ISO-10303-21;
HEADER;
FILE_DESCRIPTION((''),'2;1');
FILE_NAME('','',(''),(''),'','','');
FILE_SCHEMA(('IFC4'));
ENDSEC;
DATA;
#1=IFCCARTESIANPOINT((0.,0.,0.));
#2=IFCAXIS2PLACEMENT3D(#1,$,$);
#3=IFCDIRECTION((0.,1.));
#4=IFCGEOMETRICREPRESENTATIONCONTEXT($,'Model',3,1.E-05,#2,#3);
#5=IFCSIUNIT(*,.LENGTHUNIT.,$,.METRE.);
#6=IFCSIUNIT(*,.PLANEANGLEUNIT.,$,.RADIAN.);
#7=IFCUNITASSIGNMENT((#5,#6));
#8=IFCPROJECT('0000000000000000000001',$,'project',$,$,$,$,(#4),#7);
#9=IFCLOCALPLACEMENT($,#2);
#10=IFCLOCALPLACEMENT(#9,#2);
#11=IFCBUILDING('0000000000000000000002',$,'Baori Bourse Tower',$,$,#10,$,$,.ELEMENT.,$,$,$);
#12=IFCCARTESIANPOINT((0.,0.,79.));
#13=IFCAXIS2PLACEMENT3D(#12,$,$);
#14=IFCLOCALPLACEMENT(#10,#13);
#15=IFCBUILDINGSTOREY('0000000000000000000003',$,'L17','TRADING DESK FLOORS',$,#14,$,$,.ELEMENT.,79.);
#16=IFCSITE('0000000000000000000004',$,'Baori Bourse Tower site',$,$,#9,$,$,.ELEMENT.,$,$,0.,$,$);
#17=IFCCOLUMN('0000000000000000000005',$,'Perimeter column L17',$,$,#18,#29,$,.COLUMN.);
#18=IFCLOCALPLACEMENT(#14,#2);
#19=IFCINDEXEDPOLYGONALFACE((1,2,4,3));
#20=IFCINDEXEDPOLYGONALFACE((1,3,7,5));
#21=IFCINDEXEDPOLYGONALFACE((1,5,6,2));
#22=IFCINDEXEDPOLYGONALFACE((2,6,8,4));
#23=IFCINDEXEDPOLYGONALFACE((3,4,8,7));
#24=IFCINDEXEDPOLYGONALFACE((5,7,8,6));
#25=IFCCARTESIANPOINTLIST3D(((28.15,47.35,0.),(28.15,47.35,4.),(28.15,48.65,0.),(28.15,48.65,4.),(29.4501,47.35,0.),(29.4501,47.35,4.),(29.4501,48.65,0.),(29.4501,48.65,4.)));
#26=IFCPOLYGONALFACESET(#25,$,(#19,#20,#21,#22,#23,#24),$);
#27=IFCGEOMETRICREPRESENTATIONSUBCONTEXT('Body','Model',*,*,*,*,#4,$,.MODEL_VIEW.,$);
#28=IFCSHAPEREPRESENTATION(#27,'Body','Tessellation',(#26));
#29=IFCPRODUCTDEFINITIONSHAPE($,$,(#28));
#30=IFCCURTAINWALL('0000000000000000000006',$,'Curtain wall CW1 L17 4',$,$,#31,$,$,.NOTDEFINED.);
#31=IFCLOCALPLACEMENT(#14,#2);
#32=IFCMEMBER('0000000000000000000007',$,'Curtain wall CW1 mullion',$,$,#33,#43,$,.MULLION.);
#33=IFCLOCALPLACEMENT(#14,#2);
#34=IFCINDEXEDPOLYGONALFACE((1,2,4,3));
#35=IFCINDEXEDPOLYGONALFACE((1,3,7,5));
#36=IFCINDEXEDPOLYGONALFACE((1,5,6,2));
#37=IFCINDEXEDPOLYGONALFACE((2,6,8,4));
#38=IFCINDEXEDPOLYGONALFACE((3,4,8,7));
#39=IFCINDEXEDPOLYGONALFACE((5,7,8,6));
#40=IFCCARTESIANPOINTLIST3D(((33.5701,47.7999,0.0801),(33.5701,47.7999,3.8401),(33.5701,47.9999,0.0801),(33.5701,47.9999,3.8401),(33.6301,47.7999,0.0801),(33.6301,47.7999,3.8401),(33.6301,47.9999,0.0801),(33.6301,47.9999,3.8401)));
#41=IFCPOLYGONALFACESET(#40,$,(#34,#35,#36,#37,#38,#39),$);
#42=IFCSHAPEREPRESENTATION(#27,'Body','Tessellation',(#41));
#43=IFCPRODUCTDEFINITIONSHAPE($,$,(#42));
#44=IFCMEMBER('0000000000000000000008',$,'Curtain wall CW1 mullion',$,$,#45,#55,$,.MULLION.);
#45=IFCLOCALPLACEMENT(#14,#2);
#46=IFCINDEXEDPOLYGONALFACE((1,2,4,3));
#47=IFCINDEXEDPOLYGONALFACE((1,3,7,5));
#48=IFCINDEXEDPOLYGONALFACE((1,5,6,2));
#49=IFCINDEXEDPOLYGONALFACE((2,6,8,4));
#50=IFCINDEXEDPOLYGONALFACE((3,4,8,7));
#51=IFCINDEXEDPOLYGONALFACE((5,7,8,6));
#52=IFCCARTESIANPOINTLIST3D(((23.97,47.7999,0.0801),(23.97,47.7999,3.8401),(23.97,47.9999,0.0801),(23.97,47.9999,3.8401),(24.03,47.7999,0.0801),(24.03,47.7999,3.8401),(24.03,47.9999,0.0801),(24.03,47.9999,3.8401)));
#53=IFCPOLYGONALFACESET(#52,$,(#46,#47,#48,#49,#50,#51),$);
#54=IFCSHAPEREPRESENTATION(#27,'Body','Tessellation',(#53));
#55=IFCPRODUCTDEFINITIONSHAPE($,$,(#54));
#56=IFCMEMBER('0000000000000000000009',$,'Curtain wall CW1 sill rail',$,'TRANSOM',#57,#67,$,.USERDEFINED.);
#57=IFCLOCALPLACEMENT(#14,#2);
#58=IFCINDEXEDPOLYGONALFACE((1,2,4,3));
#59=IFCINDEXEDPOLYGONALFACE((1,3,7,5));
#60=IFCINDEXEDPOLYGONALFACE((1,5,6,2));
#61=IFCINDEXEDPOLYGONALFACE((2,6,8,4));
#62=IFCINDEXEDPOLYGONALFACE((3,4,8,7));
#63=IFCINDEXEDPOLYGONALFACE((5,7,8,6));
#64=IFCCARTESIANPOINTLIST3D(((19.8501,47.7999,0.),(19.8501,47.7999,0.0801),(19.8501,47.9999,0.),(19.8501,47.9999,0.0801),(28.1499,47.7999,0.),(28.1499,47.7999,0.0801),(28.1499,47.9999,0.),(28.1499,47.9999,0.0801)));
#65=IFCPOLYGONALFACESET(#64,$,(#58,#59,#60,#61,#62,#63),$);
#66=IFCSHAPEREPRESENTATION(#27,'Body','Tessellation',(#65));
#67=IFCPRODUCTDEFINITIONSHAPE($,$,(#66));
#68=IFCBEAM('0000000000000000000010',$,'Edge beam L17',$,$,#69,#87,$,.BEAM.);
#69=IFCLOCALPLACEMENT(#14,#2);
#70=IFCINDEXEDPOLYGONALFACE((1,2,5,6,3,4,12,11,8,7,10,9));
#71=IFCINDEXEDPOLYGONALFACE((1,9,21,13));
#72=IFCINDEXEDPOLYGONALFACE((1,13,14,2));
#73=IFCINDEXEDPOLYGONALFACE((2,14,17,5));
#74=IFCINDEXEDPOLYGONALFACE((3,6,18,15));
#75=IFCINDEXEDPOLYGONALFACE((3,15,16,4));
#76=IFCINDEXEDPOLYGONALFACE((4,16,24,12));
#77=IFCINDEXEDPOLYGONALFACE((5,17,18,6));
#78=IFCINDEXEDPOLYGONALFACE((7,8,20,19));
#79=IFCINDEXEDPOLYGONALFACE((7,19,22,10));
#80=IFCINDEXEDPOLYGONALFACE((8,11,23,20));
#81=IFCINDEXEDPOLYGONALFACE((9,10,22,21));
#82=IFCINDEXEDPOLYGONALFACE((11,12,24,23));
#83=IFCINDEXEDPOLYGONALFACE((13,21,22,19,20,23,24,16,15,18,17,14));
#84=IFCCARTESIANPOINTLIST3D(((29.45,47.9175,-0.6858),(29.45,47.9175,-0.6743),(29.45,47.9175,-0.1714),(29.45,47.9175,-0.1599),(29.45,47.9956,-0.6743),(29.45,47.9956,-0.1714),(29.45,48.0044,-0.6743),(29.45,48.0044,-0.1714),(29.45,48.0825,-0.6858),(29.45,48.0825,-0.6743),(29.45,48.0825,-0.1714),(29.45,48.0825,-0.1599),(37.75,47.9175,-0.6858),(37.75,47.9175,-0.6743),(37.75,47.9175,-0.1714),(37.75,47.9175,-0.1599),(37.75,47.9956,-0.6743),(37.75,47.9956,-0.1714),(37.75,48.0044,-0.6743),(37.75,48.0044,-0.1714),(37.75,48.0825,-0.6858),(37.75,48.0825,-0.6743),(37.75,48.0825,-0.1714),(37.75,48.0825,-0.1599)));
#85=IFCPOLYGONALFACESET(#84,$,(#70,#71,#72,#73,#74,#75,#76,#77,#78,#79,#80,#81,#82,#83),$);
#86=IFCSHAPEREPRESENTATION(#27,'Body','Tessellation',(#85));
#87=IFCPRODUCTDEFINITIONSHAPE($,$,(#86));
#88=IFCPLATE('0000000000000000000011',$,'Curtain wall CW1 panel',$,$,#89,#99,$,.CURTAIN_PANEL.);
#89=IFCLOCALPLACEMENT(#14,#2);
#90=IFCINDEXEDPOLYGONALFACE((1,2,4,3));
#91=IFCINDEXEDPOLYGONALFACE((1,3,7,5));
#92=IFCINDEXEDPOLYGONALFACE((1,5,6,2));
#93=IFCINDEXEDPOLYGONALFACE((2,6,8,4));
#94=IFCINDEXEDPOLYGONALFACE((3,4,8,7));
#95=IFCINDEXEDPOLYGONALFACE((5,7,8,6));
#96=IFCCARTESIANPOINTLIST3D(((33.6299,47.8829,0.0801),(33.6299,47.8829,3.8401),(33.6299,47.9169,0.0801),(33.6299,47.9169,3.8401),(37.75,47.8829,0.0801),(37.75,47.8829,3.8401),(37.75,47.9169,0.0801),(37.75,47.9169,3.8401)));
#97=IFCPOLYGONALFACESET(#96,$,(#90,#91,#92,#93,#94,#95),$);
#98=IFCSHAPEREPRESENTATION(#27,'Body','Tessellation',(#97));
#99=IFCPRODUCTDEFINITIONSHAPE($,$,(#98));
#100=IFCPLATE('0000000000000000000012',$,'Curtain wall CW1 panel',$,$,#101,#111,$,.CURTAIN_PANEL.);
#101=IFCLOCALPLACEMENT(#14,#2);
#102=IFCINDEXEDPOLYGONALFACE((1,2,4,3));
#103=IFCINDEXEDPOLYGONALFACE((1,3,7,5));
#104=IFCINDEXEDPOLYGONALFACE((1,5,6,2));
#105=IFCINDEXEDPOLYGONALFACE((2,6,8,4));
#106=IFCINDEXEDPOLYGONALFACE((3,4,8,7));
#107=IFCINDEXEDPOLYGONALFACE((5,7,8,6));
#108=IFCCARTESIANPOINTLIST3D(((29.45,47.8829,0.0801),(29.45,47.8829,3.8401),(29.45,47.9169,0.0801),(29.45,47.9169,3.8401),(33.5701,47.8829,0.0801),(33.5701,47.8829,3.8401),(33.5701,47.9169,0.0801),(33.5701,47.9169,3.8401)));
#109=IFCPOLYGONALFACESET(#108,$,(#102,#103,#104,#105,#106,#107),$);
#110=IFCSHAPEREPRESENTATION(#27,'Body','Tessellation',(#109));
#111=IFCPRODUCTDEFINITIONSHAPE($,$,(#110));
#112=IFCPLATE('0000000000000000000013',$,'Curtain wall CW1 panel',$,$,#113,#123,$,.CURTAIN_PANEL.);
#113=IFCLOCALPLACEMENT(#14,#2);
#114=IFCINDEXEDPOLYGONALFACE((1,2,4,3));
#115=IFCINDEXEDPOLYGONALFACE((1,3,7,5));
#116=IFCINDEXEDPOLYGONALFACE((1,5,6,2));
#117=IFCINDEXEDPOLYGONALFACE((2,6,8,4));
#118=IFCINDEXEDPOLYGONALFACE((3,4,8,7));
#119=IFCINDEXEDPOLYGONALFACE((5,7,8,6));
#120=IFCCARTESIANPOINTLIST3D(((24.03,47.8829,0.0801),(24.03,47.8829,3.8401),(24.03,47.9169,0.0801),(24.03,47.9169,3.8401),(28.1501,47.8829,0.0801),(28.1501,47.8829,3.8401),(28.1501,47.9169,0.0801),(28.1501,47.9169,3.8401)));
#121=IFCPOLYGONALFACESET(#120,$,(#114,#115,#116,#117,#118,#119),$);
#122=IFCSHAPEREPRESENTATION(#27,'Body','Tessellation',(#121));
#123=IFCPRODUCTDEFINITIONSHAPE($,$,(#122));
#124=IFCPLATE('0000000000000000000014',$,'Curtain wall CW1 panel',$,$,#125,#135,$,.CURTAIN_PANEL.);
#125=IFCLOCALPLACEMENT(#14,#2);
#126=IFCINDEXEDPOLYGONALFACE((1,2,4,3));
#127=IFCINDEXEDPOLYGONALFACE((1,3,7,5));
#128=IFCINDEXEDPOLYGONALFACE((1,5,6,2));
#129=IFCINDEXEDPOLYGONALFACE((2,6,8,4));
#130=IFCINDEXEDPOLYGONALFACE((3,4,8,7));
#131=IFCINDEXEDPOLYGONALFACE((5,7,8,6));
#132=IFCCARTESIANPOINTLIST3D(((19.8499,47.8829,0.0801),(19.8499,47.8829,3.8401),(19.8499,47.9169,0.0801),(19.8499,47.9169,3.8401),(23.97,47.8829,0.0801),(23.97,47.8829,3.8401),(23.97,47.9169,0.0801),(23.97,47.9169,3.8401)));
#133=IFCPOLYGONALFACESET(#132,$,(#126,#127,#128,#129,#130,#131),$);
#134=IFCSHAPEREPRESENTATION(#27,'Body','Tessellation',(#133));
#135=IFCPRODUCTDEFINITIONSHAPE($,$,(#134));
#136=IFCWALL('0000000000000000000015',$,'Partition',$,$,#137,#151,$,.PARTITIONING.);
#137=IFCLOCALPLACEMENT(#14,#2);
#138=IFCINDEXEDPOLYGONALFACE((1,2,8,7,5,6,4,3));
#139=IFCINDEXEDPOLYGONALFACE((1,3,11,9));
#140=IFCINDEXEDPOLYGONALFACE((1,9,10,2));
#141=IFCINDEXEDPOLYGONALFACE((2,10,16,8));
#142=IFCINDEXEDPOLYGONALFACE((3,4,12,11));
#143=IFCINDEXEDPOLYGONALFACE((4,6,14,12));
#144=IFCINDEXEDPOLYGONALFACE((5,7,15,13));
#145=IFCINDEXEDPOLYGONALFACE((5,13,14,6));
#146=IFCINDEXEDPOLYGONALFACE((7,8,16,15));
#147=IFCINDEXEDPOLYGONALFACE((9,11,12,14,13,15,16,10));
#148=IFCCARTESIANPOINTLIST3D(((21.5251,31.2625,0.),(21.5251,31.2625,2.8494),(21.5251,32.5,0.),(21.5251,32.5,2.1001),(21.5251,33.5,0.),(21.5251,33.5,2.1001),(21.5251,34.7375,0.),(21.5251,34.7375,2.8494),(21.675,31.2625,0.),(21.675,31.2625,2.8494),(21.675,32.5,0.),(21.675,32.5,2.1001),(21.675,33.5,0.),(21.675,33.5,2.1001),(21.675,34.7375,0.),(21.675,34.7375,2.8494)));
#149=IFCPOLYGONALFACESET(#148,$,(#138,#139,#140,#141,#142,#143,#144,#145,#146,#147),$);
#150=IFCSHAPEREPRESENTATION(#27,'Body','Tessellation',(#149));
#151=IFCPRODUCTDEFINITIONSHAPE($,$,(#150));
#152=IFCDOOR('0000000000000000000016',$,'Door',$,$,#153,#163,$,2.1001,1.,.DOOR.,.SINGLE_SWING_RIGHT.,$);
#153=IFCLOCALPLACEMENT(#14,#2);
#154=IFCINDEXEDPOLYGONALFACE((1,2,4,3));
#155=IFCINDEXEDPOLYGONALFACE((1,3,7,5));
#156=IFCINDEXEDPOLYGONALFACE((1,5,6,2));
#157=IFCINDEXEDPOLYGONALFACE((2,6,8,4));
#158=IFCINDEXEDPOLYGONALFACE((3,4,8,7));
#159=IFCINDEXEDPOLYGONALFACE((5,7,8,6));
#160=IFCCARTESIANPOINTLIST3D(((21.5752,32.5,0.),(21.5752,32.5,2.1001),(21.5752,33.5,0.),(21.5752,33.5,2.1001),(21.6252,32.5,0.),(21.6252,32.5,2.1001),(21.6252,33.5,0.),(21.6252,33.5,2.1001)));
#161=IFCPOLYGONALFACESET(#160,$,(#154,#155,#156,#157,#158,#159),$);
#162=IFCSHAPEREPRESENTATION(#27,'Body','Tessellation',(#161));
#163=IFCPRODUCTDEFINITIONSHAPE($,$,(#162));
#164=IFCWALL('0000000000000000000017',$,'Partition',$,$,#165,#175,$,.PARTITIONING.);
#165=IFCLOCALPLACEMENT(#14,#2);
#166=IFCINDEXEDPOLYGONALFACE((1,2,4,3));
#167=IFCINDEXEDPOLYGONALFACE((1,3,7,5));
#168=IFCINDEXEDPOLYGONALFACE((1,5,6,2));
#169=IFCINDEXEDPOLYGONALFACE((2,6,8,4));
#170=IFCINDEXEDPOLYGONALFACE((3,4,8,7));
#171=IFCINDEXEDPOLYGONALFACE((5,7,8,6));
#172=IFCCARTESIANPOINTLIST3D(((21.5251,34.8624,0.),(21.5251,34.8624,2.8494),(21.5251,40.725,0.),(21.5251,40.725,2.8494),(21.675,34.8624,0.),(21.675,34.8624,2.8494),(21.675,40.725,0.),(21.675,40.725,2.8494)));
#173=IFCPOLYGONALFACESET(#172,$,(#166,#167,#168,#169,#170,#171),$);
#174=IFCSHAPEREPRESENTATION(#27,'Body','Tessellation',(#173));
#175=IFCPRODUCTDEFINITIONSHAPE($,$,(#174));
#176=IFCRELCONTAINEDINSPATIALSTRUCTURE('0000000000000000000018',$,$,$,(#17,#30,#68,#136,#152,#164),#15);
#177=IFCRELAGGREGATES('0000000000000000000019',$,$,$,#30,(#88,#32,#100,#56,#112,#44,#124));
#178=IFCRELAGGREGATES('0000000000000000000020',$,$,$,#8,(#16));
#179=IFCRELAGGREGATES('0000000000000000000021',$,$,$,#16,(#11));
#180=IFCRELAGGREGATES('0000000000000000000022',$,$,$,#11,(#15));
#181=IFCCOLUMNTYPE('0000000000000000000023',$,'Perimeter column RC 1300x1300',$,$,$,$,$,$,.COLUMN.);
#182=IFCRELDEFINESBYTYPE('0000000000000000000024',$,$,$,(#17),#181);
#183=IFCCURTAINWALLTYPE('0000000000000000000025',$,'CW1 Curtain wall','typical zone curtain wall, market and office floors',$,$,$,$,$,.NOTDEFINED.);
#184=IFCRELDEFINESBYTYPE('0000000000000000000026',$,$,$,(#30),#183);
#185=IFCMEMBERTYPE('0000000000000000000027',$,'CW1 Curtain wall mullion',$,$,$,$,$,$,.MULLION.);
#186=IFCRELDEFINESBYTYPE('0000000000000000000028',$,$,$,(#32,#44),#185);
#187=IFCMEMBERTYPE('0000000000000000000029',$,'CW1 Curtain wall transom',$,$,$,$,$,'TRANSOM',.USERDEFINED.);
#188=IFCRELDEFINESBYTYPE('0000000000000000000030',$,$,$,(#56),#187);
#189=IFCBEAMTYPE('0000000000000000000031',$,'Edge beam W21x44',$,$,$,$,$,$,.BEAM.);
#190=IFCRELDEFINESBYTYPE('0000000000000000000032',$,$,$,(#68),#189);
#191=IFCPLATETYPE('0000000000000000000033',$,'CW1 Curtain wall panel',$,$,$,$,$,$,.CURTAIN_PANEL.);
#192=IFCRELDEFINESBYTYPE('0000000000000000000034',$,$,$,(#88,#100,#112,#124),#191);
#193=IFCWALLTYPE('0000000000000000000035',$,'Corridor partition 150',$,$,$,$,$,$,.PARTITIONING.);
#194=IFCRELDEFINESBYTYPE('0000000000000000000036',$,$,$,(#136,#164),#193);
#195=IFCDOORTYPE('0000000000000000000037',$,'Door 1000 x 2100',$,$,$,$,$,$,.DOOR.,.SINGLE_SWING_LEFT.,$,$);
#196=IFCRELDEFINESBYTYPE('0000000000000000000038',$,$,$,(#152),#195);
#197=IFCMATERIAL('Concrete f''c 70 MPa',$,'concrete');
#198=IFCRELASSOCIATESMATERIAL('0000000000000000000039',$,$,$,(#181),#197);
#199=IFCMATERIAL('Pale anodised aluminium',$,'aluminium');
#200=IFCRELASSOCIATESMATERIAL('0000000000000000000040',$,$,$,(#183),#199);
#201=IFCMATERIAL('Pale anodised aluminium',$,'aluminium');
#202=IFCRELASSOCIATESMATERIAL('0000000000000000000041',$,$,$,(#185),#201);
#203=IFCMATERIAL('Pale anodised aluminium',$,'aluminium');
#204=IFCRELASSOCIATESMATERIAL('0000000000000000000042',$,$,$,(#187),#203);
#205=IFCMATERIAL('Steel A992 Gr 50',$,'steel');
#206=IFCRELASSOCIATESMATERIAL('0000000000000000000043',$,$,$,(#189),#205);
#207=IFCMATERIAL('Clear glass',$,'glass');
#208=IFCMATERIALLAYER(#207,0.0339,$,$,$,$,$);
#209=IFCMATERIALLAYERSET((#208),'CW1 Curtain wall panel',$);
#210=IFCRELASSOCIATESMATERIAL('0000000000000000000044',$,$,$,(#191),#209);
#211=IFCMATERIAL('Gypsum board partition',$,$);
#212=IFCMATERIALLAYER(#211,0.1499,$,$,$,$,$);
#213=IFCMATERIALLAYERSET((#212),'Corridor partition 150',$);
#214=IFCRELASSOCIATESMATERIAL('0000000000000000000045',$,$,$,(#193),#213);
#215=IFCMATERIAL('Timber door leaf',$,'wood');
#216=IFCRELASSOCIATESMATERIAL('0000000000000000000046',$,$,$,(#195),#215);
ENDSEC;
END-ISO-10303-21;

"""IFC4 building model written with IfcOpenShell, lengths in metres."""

from ifc_helpers import new_model, si_unit, direction, frame, frame_2d, origin, origin_2d, place, context, subcontext, project, spatial, rectangle, i_section, extrude, material, layer, layer_set, material_profile, profile_set, type_object, element, fill, aggregate, save


model = new_model("IFC4")

# Units and contexts
model_context = context("Model", 3, precision=1e-05, world=origin(), true_north=direction((0.0, 1.0)))
body_context = subcontext(model_context, "Body", "Model", "MODEL_VIEW")
ifc_project = project(units=[si_unit("LENGTHUNIT", "METRE"), si_unit("PLANEANGLEUNIT", "RADIAN")], contexts=[model_context])

# Site, building, storey
site_placement = place(None, origin())
site = spatial("IfcSite", under=ifc_project, at=site_placement, Name="Baori Bourse Tower site", CompositionType="ELEMENT", RefElevation=0.0)
building_placement = place(site_placement, origin())
building = spatial("IfcBuilding", under=site, at=building_placement, Name="Baori Bourse Tower", CompositionType="ELEMENT")
storey_placement = place(building_placement, frame((0.0, 0.0, 79.0)))
storey = spatial("IfcBuildingStorey", under=building, at=storey_placement, Name="L17", Description="TRADING DESK FLOORS", CompositionType="ELEMENT", Elevation=79.0)

# Column
ifc_material_1 = material(Name="Concrete f'c 70 MPa", Category="concrete")
ifc_material_profile_1 = material_profile(ifc_material_1, rectangle(XDim=1.3, YDim=1.3, at=origin_2d()), Name="RC 1300x1300")
ifc_profile_set_1 = profile_set([ifc_material_profile_1], Name="Concrete f'c 70 MPa")
column_type = type_object("IfcColumnType", Name="Perimeter column RC 1300x1300", PredefinedType="COLUMN", material=ifc_profile_set_1)
column_placement = place(storey_placement, frame((28.8, 48.0, 0.0), z_axis=(0.0, 0.0, 1.0), x_axis=(1.0, 0.0, 0.0)))
element("IfcColumn", 1, at=column_placement, inside=storey, type_object=column_type, Name="Perimeter column L17", PredefinedType="COLUMN", context=body_context, shape_type="SweptSolid", body=[
    extrude(rectangle(XDim=1.3, YDim=1.3, at=origin_2d()), origin(), (0.0, 0.0, 1.0), 4.0),
])

# Curtain wall, members
ifc_material_2 = material(Name="Pale anodised aluminium", Category="aluminium")
curtain_wall_type = type_object("IfcCurtainWallType", Name="CW1 Curtain wall", Description="typical zone curtain wall, market and office floors", PredefinedType="NOTDEFINED", material=ifc_material_2)
curtain_wall_placement = place(storey_placement, origin())
curtain_wall = element("IfcCurtainWall", 2, at=curtain_wall_placement, inside=storey, type_object=curtain_wall_type, Name="Curtain wall CW1 L17 4", PredefinedType="NOTDEFINED")
ifc_material_3 = material(Name="Pale anodised aluminium", Category="aluminium")
ifc_material_profile_2 = material_profile(ifc_material_3, rectangle(XDim=0.2, YDim=0.0601, at=origin_2d()), Name="Mullion 60x200")
ifc_profile_set_2 = profile_set([ifc_material_profile_2], Name="Pale anodised aluminium")
member_type_1 = type_object("IfcMemberType", Name="CW1 Curtain wall mullion", PredefinedType="MULLION", material=ifc_profile_set_2)
member_1_placement = place(storey_placement, frame((33.6001, 47.8999, 0.0801), z_axis=(0.0, 0.0, 1.0), x_axis=(0.0, -1.0, 0.0)))
member_1 = element("IfcMember", 3, at=member_1_placement, type_object=member_type_1, Name="Curtain wall CW1 mullion", PredefinedType="MULLION", context=body_context, shape_type="SweptSolid", body=[
    extrude(rectangle(XDim=0.2, YDim=0.0601, at=origin_2d()), origin(), (0.0, 0.0, 1.0), 3.76),
])
member_2_placement = place(storey_placement, frame((24.0, 47.8999, 0.0801), z_axis=(0.0, 0.0, 1.0), x_axis=(0.0, -1.0, 0.0)))
member_2 = element("IfcMember", 4, at=member_2_placement, type_object=member_type_1, Name="Curtain wall CW1 mullion", PredefinedType="MULLION", context=body_context, shape_type="SweptSolid", body=[
    extrude(rectangle(XDim=0.2, YDim=0.0601, at=origin_2d()), origin(), (0.0, 0.0, 1.0), 3.76),
])
ifc_material_4 = material(Name="Pale anodised aluminium", Category="aluminium")
ifc_material_profile_3 = material_profile(ifc_material_4, rectangle(XDim=0.2, YDim=0.0801, at=origin_2d()), Name="Transom 80x200")
ifc_profile_set_3 = profile_set([ifc_material_profile_3], Name="Pale anodised aluminium")
member_type_2 = type_object("IfcMemberType", Name="CW1 Curtain wall transom", ElementType="TRANSOM", PredefinedType="USERDEFINED", material=ifc_profile_set_3)
member_3_placement = place(storey_placement, frame((28.1499, 47.8999, 0.04), z_axis=(-1.0, 0.0, 0.0), x_axis=(0.0, -1.0, 0.0)))
member_3 = element("IfcMember", 5, at=member_3_placement, type_object=member_type_2, Name="Curtain wall CW1 sill rail", ObjectType="TRANSOM", PredefinedType="USERDEFINED", context=body_context, shape_type="SweptSolid", body=[
    extrude(rectangle(XDim=0.2, YDim=0.0801, at=origin_2d()), origin(), (0.0, 0.0, 1.0), 8.2998),
])

# Beam
ifc_material_5 = material(Name="Steel A992 Gr 50", Category="steel")
ifc_material_profile_4 = material_profile(ifc_material_5, i_section(OverallWidth=0.165, OverallDepth=0.5259, WebThickness=0.0088, FlangeThickness=0.0115, at=origin_2d()), Name="W21x44")
ifc_profile_set_4 = profile_set([ifc_material_profile_4], Name="Steel A992 Gr 50")
beam_type = type_object("IfcBeamType", Name="Edge beam W21x44", PredefinedType="BEAM", material=ifc_profile_set_4)
beam_placement = place(storey_placement, frame((29.45, 48.0, -0.4229), z_axis=(1.0, 0.0, 0.0), x_axis=(0.0, 1.0, 0.0)))
element("IfcBeam", 6, at=beam_placement, inside=storey, type_object=beam_type, Name="Edge beam L17", PredefinedType="BEAM", context=body_context, shape_type="SweptSolid", body=[
    extrude(i_section(OverallWidth=0.165, OverallDepth=0.5259, WebThickness=0.0088, FlangeThickness=0.0115, at=origin_2d()), origin(), (0.0, 0.0, 1.0), 8.3),
])

# Plates
ifc_material_6 = material(Name="Clear glass", Category="glass")
ifc_layer_1 = layer(ifc_material_6, 0.0339)
ifc_layer_set_1 = layer_set([ifc_layer_1], Name="CW1 Curtain wall panel")
plate_type = type_object("IfcPlateType", Name="CW1 Curtain wall panel", PredefinedType="CURTAIN_PANEL", material=ifc_layer_set_1)
plate_1_placement = place(storey_placement, frame((35.6899, 47.8999, 0.0801), z_axis=(0.0, 0.0, 1.0), x_axis=(-1.0, 0.0, 0.0)))
plate_1 = element("IfcPlate", 7, at=plate_1_placement, type_object=plate_type, Name="Curtain wall CW1 panel", PredefinedType="CURTAIN_PANEL", context=body_context, shape_type="SweptSolid", body=[
    extrude(rectangle(XDim=4.1201, YDim=0.0339, at=origin_2d()), origin(), (0.0, 0.0, 1.0), 3.76),
])
plate_2_placement = place(storey_placement, frame((31.51, 47.8999, 0.0801), z_axis=(0.0, 0.0, 1.0), x_axis=(-1.0, 0.0, 0.0)))
plate_2 = element("IfcPlate", 8, at=plate_2_placement, type_object=plate_type, Name="Curtain wall CW1 panel", PredefinedType="CURTAIN_PANEL", context=body_context, shape_type="SweptSolid", body=[
    extrude(rectangle(XDim=4.1201, YDim=0.0339, at=origin_2d()), origin(), (0.0, 0.0, 1.0), 3.76),
])
plate_3_placement = place(storey_placement, frame((26.0901, 47.8999, 0.0801), z_axis=(0.0, 0.0, 1.0), x_axis=(-1.0, 0.0, 0.0)))
plate_3 = element("IfcPlate", 9, at=plate_3_placement, type_object=plate_type, Name="Curtain wall CW1 panel", PredefinedType="CURTAIN_PANEL", context=body_context, shape_type="SweptSolid", body=[
    extrude(rectangle(XDim=4.1201, YDim=0.0339, at=origin_2d()), origin(), (0.0, 0.0, 1.0), 3.76),
])
plate_4_placement = place(storey_placement, frame((21.9099, 47.8999, 0.0801), z_axis=(0.0, 0.0, 1.0), x_axis=(-1.0, 0.0, 0.0)))
plate_4 = element("IfcPlate", 10, at=plate_4_placement, type_object=plate_type, Name="Curtain wall CW1 panel", PredefinedType="CURTAIN_PANEL", context=body_context, shape_type="SweptSolid", body=[
    extrude(rectangle(XDim=4.1201, YDim=0.0339, at=origin_2d()), origin(), (0.0, 0.0, 1.0), 3.76),
])
aggregate(curtain_wall, [plate_1, member_1, plate_2, member_3, plate_3, member_2, plate_4])

# Wall, opening, door
ifc_material_7 = material(Name="Gypsum board partition")
ifc_layer_2 = layer(ifc_material_7, 0.1499)
ifc_layer_set_2 = layer_set([ifc_layer_2], Name="Corridor partition 150")
wall_type_1 = type_object("IfcWallType", Name="Corridor partition 150", PredefinedType="PARTITIONING", material=ifc_layer_set_2)
wall_1_placement = place(storey_placement, frame((21.6001, 31.2625, 0.0), z_axis=(0.0, 0.0, 1.0), x_axis=(0.0, 1.0, 0.0)))
wall_1 = element("IfcWall", 11, at=wall_1_placement, inside=storey, type_object=wall_type_1, Name="Partition", PredefinedType="PARTITIONING", context=body_context, shape_type="SweptSolid", body=[
    extrude(rectangle(XDim=3.4751, YDim=0.1499, at=frame_2d((1.7375, 0.0))), origin(), (0.0, 0.0, 1.0), 2.8494),
])
opening_1_placement = place(wall_1_placement, frame((1.2375, 0.0, 0.0)))
opening_1 = element("IfcOpeningElement", 12, at=opening_1_placement, cuts=wall_1, PredefinedType="OPENING", context=body_context, shape_type="SweptSolid", body=[
    extrude(rectangle(XDim=1.0, YDim=2.1001, at=frame_2d((0.5, 1.05))), frame((0.0, 0.085, 0.0), z_axis=(0.0, -1.0, 0.0), x_axis=(1.0, 0.0, 0.0)), (0.0, 0.0, 1.0), 0.1699),
])
ifc_material_8 = material(Name="Timber door leaf", Category="wood")
door_type = type_object("IfcDoorType", Name="Door 1000 x 2100", OperationType="SINGLE_SWING_LEFT", PredefinedType="DOOR", material=ifc_material_8)
door_1_placement = place(opening_1_placement, origin())
door_1 = element("IfcDoor", 13, at=door_1_placement, inside=storey, type_object=door_type, Name="Door", OperationType="SINGLE_SWING_RIGHT", OverallHeight=2.1001, OverallWidth=1.0, PredefinedType="DOOR", context=body_context, shape_type="SweptSolid", body=[
    extrude(rectangle(XDim=1.0, YDim=2.1001, at=frame_2d((0.5, 1.05))), frame((0.0, 0.0249, 0.0), z_axis=(0.0, -1.0, 0.0), x_axis=(1.0, 0.0, 0.0)), (0.0, 0.0, 1.0), 0.05),
])
fill(opening_1, door_1)

# Wall
wall_2_placement = place(storey_placement, frame((21.6001, 34.8625, 0.0), z_axis=(0.0, 0.0, 1.0), x_axis=(0.0, 1.0, 0.0)))
element("IfcWall", 14, at=wall_2_placement, inside=storey, type_object=wall_type_1, Name="Partition", PredefinedType="PARTITIONING", context=body_context, shape_type="SweptSolid", body=[
    extrude(rectangle(XDim=5.8625, YDim=0.1499, at=frame_2d((2.9312, 0.0))), origin(), (0.0, 0.0, 1.0), 2.8494),
])

save(model, "model.ifc")
